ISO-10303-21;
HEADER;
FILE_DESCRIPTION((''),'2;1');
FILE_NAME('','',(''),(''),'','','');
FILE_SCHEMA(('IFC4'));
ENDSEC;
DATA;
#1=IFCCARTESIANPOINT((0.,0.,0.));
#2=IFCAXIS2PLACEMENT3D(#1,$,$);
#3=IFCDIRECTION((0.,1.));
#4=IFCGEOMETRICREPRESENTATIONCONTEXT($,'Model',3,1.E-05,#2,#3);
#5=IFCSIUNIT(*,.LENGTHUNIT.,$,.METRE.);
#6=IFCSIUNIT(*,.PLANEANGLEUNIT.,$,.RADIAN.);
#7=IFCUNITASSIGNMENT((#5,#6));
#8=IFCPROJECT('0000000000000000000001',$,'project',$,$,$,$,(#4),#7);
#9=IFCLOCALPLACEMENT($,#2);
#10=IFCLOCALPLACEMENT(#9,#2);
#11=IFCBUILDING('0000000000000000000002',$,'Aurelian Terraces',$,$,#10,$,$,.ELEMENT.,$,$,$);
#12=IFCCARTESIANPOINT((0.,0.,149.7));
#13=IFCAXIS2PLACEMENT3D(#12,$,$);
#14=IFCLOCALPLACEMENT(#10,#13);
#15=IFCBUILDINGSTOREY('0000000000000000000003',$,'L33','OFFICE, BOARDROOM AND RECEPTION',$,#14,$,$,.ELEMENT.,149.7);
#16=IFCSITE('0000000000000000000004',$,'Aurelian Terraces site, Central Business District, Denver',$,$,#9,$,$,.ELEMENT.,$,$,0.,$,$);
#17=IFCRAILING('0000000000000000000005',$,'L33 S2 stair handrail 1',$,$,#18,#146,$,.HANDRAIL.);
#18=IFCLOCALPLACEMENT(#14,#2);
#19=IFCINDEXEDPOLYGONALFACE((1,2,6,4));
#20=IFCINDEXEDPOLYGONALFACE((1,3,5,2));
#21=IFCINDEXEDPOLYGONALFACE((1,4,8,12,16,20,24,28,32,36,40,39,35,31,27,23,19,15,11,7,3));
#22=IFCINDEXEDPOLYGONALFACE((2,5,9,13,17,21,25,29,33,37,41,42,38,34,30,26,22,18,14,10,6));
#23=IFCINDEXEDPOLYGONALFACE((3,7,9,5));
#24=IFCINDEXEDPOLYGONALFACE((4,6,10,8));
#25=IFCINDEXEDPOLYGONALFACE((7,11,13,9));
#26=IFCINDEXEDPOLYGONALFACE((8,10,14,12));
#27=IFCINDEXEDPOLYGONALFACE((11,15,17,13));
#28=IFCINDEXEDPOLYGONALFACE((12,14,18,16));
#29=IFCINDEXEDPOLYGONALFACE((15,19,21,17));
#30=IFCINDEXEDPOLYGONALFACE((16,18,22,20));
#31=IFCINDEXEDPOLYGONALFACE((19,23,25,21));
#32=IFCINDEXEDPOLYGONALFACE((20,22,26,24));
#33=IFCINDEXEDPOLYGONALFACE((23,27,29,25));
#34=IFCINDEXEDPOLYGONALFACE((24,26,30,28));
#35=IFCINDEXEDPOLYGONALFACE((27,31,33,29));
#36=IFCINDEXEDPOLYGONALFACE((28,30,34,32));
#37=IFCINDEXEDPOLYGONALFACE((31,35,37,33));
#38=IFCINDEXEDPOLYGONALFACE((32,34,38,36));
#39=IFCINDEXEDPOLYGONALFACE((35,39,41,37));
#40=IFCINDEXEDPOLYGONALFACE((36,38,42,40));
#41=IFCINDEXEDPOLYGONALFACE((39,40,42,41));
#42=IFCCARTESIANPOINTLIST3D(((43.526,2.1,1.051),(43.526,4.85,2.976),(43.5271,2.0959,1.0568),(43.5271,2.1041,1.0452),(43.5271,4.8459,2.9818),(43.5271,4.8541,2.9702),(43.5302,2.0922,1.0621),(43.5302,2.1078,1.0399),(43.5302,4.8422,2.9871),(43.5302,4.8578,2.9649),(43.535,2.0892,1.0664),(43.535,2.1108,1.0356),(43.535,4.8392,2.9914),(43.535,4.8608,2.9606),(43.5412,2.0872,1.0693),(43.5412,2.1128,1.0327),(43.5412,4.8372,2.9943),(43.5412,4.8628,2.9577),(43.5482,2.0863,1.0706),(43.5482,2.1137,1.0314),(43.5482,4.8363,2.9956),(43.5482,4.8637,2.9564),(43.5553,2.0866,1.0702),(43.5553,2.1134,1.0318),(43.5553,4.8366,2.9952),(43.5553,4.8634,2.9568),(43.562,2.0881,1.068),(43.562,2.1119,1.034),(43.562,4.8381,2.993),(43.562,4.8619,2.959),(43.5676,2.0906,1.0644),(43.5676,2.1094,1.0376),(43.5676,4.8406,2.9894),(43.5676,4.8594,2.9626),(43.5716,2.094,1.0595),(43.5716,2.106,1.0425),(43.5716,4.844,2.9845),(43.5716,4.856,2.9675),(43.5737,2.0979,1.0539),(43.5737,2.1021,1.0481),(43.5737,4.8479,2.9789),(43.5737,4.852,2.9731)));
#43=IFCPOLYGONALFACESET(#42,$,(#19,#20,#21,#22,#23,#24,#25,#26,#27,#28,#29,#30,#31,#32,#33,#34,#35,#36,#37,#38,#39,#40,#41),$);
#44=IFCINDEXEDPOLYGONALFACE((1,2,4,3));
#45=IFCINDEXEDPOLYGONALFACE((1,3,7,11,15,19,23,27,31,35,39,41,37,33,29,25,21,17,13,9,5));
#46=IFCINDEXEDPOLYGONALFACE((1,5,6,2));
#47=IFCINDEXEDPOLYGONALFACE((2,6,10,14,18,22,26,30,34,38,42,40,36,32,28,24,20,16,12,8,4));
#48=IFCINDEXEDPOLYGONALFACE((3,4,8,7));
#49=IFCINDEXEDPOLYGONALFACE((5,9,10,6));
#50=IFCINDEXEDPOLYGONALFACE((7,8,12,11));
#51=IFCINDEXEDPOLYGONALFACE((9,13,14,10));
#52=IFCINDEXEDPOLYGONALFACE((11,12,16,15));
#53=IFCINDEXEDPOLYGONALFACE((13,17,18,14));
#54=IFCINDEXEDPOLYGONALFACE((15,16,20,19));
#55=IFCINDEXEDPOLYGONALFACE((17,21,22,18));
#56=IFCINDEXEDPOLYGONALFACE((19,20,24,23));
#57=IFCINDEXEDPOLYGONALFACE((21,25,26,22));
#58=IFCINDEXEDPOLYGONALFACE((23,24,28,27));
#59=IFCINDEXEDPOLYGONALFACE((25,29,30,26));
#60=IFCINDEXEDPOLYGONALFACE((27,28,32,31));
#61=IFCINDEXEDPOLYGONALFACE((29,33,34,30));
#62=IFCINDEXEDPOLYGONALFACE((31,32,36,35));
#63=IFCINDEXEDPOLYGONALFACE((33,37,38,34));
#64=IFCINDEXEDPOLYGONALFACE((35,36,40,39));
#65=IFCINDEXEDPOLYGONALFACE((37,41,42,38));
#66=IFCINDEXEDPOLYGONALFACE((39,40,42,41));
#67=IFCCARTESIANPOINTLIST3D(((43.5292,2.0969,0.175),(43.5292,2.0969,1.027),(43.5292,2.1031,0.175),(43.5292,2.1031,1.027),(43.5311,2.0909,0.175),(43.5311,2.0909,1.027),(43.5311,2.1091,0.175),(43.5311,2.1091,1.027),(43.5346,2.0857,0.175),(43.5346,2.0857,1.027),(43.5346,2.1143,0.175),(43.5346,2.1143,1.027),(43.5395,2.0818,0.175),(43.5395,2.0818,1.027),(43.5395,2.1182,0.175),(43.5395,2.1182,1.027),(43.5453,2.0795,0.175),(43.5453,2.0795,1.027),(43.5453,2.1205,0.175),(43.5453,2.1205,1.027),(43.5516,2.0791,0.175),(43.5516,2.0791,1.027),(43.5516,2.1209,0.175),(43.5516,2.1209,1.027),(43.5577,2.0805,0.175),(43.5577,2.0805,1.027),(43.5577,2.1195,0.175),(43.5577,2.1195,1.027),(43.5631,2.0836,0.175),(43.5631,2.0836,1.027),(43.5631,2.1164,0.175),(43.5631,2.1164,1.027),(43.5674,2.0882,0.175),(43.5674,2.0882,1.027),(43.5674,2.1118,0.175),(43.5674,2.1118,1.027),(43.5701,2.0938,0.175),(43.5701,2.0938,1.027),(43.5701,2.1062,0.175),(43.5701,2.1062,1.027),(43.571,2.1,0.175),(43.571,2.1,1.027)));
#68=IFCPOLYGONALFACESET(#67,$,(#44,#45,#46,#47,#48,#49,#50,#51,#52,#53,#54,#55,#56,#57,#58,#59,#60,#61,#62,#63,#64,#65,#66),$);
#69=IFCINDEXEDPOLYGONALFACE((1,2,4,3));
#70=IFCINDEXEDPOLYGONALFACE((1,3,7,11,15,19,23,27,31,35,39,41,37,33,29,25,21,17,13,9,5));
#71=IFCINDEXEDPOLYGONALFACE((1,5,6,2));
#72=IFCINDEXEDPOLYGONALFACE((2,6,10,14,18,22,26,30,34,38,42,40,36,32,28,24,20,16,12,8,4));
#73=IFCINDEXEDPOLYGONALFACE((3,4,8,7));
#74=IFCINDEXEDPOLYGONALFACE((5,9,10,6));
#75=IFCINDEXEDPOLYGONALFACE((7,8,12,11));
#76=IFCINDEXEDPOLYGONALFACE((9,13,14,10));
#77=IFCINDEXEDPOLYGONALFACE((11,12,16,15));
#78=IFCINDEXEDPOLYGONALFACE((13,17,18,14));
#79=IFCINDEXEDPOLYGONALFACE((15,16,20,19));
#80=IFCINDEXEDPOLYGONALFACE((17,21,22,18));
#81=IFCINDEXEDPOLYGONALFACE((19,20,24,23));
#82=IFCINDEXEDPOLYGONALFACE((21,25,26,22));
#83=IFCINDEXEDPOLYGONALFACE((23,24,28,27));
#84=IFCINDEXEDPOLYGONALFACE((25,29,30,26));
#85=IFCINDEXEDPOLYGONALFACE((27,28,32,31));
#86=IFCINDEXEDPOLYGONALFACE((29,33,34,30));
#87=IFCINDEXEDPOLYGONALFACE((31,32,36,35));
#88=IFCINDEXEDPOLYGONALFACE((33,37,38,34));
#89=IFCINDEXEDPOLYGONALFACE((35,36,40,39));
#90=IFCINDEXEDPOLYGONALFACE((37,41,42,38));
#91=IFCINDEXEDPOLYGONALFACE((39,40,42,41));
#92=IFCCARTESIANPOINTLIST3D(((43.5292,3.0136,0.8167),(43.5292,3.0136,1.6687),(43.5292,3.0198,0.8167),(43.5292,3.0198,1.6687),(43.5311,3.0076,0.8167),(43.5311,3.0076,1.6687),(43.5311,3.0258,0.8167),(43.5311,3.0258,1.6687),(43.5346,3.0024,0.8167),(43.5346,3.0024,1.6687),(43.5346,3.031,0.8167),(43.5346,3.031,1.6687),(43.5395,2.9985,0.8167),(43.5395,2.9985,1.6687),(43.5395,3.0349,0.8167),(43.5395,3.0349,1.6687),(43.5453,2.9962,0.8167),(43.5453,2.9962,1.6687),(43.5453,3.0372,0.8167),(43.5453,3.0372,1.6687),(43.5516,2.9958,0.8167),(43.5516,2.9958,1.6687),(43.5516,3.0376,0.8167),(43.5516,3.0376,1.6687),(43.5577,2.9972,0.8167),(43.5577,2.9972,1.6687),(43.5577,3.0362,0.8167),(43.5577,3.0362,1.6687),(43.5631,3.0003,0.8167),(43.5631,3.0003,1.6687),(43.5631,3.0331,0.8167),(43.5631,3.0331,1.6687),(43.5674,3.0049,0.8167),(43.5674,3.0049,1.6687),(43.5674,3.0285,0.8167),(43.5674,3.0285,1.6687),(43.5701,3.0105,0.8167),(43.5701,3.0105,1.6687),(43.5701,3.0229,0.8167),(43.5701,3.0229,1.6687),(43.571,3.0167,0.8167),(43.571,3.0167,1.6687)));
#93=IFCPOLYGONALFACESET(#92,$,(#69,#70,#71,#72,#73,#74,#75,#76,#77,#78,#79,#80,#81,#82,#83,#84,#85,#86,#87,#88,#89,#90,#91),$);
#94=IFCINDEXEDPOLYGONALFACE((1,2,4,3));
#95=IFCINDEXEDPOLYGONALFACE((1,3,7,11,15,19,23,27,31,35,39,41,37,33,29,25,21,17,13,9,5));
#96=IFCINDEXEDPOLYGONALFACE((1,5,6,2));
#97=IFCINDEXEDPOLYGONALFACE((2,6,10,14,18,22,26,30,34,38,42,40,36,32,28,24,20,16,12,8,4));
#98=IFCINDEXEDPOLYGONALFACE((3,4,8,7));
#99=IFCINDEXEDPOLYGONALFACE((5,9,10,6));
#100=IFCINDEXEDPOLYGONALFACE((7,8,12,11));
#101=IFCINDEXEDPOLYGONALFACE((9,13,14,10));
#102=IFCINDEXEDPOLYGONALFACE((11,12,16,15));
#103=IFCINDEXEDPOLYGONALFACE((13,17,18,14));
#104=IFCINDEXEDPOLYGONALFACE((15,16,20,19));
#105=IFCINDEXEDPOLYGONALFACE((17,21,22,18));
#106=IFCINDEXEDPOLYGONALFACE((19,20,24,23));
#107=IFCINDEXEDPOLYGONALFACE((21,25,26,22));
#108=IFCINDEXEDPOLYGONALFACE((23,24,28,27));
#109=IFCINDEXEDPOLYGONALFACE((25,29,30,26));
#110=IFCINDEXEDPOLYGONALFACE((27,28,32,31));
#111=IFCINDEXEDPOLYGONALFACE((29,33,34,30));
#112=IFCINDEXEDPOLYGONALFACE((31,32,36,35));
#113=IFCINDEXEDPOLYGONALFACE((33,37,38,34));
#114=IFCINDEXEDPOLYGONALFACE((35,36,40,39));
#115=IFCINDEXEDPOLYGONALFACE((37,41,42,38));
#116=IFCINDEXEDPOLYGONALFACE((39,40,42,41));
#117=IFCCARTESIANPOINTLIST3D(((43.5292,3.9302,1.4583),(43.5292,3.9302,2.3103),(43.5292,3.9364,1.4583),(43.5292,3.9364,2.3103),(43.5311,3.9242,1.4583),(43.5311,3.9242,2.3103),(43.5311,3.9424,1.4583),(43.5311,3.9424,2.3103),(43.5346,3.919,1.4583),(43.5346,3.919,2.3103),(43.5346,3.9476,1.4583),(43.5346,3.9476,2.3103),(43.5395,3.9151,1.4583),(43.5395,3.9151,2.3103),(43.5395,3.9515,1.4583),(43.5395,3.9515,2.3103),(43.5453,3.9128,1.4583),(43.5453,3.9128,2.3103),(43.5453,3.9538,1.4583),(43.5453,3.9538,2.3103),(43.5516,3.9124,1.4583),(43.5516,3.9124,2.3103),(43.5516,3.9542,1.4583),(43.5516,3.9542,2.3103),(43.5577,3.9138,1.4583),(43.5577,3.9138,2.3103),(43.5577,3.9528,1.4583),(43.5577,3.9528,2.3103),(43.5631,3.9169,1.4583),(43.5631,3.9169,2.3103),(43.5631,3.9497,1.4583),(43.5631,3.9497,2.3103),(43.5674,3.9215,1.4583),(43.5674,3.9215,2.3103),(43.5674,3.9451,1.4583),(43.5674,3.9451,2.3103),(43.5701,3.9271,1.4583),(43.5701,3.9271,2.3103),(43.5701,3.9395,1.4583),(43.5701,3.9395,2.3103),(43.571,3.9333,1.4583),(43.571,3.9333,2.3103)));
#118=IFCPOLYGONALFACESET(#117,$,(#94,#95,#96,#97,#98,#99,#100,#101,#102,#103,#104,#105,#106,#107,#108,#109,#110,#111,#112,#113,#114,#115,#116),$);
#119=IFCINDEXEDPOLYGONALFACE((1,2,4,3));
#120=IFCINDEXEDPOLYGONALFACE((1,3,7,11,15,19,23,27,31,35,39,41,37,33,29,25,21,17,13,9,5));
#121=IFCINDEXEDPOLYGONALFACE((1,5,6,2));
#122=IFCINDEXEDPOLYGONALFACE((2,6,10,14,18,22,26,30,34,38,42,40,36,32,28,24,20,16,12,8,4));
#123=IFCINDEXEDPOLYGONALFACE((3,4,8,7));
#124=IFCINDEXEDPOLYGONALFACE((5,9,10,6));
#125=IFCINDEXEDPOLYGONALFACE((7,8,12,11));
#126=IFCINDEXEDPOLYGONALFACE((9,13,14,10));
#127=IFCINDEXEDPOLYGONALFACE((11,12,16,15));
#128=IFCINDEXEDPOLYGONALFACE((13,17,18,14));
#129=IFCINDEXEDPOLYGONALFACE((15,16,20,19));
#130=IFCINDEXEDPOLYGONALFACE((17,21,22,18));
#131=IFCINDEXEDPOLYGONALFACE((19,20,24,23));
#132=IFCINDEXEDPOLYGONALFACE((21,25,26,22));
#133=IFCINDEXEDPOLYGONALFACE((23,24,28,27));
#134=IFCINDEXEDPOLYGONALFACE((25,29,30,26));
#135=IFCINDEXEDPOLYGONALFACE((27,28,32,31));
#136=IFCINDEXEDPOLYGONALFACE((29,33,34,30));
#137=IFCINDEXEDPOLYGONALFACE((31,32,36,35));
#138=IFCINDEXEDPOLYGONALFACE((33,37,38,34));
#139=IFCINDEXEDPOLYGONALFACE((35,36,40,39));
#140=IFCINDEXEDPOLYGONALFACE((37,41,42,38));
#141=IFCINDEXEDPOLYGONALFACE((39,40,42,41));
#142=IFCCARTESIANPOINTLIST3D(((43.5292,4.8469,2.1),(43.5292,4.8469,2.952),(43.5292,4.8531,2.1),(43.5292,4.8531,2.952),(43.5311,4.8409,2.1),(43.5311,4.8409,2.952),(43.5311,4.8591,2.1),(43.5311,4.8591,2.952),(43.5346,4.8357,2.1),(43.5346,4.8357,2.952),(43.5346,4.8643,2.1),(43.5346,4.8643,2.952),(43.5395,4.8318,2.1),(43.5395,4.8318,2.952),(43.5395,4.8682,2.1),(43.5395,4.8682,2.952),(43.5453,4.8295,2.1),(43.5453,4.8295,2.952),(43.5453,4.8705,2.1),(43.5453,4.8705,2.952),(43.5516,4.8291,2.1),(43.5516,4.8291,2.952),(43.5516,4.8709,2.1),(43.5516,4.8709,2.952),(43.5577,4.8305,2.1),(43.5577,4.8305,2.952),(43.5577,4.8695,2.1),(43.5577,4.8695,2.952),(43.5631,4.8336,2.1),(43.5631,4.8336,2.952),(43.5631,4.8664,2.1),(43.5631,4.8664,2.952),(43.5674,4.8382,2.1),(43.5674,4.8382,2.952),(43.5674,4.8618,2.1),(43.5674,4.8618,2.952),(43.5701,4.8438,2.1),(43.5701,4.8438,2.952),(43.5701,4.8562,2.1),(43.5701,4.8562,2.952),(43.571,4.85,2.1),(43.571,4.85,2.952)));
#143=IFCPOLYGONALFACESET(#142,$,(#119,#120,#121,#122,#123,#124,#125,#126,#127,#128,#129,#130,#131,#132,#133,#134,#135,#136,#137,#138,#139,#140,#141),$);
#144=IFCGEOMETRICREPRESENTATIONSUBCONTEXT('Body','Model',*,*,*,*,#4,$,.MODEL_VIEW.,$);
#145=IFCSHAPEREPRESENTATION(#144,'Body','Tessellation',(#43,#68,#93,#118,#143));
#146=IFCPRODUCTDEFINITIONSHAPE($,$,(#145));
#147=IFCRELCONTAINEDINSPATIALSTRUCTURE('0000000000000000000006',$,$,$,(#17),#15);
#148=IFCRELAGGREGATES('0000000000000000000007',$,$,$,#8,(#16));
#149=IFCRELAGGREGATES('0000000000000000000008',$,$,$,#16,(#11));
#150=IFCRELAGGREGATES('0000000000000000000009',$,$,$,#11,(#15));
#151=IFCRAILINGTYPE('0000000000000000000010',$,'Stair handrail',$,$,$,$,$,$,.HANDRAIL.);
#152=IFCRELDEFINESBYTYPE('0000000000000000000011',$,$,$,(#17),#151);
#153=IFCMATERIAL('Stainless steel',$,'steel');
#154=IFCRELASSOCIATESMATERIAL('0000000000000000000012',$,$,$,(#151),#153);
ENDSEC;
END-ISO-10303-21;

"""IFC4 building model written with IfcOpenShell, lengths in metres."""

from ifc_helpers import new_model, si_unit, direction, frame, origin, origin_2d, place, context, subcontext, project, spatial, circle, extrude, source, transform, mapped, material, type_object, element, save


model = new_model("IFC4")

# Units and contexts
model_context = context("Model", 3, precision=1e-05, world=origin(), true_north=direction((0.0, 1.0)))
body_context = subcontext(model_context, "Body", "Model", "MODEL_VIEW")
ifc_project = project(units=[si_unit("LENGTHUNIT", "METRE"), si_unit("PLANEANGLEUNIT", "RADIAN")], contexts=[model_context])

# Site, building, storey
site_placement = place(None, origin())
site = spatial("IfcSite", under=ifc_project, at=site_placement, Name="Aurelian Terraces site, Central Business District, Denver", CompositionType="ELEMENT", RefElevation=0.0)
building_placement = place(site_placement, origin())
building = spatial("IfcBuilding", under=site, at=building_placement, Name="Aurelian Terraces", CompositionType="ELEMENT")
storey_placement = place(building_placement, frame((0.0, 0.0, 149.7)))
storey = spatial("IfcBuildingStorey", under=building, at=storey_placement, Name="L33", Description="OFFICE, BOARDROOM AND RECEPTION", CompositionType="ELEMENT", Elevation=149.7)

# Railing
ifc_material_1 = material(Name="Stainless steel", Category="steel")
railing_type_1 = type_object("IfcRailingType", Name="Stair handrail", PredefinedType="HANDRAIL", material=ifc_material_1)
shared_shape_1 = source(origin(), body_context, "Body", "SweptSolid", [
    extrude(circle(Radius=0.024, at=origin_2d()), frame((0.0, 0.0, 0.876), z_axis=(0.0, 0.819232, 0.573462), x_axis=(-1.0, 0.0, 0.0)), (0.0, 0.0, 1.0), 3.3568),
    extrude(circle(Radius=0.021, at=origin_2d()), origin(), (0.0, 0.0, 1.0), 0.852),
    extrude(circle(Radius=0.021, at=origin_2d()), frame((0.0, 0.9167, 0.6417)), (0.0, 0.0, 1.0), 0.852),
    extrude(circle(Radius=0.021, at=origin_2d()), frame((0.0, 1.8333, 1.2833)), (0.0, 0.0, 1.0), 0.852),
    extrude(circle(Radius=0.021, at=origin_2d()), frame((0.0, 2.75, 1.925)), (0.0, 0.0, 1.0), 0.852),
])
railing_1_placement = place(storey_placement, frame((43.55, 2.1, 0.175)))
element("IfcRailing", 1, at=railing_1_placement, inside=storey, type_object=railing_type_1, Name="L33 S2 stair handrail 1", PredefinedType="HANDRAIL", context=body_context, shape_type="MappedRepresentation", body=[
    mapped(shared_shape_1, transform((0.0, 0.0, 0.0), scale=1.0)),
])

save(model, "model.ifc")
